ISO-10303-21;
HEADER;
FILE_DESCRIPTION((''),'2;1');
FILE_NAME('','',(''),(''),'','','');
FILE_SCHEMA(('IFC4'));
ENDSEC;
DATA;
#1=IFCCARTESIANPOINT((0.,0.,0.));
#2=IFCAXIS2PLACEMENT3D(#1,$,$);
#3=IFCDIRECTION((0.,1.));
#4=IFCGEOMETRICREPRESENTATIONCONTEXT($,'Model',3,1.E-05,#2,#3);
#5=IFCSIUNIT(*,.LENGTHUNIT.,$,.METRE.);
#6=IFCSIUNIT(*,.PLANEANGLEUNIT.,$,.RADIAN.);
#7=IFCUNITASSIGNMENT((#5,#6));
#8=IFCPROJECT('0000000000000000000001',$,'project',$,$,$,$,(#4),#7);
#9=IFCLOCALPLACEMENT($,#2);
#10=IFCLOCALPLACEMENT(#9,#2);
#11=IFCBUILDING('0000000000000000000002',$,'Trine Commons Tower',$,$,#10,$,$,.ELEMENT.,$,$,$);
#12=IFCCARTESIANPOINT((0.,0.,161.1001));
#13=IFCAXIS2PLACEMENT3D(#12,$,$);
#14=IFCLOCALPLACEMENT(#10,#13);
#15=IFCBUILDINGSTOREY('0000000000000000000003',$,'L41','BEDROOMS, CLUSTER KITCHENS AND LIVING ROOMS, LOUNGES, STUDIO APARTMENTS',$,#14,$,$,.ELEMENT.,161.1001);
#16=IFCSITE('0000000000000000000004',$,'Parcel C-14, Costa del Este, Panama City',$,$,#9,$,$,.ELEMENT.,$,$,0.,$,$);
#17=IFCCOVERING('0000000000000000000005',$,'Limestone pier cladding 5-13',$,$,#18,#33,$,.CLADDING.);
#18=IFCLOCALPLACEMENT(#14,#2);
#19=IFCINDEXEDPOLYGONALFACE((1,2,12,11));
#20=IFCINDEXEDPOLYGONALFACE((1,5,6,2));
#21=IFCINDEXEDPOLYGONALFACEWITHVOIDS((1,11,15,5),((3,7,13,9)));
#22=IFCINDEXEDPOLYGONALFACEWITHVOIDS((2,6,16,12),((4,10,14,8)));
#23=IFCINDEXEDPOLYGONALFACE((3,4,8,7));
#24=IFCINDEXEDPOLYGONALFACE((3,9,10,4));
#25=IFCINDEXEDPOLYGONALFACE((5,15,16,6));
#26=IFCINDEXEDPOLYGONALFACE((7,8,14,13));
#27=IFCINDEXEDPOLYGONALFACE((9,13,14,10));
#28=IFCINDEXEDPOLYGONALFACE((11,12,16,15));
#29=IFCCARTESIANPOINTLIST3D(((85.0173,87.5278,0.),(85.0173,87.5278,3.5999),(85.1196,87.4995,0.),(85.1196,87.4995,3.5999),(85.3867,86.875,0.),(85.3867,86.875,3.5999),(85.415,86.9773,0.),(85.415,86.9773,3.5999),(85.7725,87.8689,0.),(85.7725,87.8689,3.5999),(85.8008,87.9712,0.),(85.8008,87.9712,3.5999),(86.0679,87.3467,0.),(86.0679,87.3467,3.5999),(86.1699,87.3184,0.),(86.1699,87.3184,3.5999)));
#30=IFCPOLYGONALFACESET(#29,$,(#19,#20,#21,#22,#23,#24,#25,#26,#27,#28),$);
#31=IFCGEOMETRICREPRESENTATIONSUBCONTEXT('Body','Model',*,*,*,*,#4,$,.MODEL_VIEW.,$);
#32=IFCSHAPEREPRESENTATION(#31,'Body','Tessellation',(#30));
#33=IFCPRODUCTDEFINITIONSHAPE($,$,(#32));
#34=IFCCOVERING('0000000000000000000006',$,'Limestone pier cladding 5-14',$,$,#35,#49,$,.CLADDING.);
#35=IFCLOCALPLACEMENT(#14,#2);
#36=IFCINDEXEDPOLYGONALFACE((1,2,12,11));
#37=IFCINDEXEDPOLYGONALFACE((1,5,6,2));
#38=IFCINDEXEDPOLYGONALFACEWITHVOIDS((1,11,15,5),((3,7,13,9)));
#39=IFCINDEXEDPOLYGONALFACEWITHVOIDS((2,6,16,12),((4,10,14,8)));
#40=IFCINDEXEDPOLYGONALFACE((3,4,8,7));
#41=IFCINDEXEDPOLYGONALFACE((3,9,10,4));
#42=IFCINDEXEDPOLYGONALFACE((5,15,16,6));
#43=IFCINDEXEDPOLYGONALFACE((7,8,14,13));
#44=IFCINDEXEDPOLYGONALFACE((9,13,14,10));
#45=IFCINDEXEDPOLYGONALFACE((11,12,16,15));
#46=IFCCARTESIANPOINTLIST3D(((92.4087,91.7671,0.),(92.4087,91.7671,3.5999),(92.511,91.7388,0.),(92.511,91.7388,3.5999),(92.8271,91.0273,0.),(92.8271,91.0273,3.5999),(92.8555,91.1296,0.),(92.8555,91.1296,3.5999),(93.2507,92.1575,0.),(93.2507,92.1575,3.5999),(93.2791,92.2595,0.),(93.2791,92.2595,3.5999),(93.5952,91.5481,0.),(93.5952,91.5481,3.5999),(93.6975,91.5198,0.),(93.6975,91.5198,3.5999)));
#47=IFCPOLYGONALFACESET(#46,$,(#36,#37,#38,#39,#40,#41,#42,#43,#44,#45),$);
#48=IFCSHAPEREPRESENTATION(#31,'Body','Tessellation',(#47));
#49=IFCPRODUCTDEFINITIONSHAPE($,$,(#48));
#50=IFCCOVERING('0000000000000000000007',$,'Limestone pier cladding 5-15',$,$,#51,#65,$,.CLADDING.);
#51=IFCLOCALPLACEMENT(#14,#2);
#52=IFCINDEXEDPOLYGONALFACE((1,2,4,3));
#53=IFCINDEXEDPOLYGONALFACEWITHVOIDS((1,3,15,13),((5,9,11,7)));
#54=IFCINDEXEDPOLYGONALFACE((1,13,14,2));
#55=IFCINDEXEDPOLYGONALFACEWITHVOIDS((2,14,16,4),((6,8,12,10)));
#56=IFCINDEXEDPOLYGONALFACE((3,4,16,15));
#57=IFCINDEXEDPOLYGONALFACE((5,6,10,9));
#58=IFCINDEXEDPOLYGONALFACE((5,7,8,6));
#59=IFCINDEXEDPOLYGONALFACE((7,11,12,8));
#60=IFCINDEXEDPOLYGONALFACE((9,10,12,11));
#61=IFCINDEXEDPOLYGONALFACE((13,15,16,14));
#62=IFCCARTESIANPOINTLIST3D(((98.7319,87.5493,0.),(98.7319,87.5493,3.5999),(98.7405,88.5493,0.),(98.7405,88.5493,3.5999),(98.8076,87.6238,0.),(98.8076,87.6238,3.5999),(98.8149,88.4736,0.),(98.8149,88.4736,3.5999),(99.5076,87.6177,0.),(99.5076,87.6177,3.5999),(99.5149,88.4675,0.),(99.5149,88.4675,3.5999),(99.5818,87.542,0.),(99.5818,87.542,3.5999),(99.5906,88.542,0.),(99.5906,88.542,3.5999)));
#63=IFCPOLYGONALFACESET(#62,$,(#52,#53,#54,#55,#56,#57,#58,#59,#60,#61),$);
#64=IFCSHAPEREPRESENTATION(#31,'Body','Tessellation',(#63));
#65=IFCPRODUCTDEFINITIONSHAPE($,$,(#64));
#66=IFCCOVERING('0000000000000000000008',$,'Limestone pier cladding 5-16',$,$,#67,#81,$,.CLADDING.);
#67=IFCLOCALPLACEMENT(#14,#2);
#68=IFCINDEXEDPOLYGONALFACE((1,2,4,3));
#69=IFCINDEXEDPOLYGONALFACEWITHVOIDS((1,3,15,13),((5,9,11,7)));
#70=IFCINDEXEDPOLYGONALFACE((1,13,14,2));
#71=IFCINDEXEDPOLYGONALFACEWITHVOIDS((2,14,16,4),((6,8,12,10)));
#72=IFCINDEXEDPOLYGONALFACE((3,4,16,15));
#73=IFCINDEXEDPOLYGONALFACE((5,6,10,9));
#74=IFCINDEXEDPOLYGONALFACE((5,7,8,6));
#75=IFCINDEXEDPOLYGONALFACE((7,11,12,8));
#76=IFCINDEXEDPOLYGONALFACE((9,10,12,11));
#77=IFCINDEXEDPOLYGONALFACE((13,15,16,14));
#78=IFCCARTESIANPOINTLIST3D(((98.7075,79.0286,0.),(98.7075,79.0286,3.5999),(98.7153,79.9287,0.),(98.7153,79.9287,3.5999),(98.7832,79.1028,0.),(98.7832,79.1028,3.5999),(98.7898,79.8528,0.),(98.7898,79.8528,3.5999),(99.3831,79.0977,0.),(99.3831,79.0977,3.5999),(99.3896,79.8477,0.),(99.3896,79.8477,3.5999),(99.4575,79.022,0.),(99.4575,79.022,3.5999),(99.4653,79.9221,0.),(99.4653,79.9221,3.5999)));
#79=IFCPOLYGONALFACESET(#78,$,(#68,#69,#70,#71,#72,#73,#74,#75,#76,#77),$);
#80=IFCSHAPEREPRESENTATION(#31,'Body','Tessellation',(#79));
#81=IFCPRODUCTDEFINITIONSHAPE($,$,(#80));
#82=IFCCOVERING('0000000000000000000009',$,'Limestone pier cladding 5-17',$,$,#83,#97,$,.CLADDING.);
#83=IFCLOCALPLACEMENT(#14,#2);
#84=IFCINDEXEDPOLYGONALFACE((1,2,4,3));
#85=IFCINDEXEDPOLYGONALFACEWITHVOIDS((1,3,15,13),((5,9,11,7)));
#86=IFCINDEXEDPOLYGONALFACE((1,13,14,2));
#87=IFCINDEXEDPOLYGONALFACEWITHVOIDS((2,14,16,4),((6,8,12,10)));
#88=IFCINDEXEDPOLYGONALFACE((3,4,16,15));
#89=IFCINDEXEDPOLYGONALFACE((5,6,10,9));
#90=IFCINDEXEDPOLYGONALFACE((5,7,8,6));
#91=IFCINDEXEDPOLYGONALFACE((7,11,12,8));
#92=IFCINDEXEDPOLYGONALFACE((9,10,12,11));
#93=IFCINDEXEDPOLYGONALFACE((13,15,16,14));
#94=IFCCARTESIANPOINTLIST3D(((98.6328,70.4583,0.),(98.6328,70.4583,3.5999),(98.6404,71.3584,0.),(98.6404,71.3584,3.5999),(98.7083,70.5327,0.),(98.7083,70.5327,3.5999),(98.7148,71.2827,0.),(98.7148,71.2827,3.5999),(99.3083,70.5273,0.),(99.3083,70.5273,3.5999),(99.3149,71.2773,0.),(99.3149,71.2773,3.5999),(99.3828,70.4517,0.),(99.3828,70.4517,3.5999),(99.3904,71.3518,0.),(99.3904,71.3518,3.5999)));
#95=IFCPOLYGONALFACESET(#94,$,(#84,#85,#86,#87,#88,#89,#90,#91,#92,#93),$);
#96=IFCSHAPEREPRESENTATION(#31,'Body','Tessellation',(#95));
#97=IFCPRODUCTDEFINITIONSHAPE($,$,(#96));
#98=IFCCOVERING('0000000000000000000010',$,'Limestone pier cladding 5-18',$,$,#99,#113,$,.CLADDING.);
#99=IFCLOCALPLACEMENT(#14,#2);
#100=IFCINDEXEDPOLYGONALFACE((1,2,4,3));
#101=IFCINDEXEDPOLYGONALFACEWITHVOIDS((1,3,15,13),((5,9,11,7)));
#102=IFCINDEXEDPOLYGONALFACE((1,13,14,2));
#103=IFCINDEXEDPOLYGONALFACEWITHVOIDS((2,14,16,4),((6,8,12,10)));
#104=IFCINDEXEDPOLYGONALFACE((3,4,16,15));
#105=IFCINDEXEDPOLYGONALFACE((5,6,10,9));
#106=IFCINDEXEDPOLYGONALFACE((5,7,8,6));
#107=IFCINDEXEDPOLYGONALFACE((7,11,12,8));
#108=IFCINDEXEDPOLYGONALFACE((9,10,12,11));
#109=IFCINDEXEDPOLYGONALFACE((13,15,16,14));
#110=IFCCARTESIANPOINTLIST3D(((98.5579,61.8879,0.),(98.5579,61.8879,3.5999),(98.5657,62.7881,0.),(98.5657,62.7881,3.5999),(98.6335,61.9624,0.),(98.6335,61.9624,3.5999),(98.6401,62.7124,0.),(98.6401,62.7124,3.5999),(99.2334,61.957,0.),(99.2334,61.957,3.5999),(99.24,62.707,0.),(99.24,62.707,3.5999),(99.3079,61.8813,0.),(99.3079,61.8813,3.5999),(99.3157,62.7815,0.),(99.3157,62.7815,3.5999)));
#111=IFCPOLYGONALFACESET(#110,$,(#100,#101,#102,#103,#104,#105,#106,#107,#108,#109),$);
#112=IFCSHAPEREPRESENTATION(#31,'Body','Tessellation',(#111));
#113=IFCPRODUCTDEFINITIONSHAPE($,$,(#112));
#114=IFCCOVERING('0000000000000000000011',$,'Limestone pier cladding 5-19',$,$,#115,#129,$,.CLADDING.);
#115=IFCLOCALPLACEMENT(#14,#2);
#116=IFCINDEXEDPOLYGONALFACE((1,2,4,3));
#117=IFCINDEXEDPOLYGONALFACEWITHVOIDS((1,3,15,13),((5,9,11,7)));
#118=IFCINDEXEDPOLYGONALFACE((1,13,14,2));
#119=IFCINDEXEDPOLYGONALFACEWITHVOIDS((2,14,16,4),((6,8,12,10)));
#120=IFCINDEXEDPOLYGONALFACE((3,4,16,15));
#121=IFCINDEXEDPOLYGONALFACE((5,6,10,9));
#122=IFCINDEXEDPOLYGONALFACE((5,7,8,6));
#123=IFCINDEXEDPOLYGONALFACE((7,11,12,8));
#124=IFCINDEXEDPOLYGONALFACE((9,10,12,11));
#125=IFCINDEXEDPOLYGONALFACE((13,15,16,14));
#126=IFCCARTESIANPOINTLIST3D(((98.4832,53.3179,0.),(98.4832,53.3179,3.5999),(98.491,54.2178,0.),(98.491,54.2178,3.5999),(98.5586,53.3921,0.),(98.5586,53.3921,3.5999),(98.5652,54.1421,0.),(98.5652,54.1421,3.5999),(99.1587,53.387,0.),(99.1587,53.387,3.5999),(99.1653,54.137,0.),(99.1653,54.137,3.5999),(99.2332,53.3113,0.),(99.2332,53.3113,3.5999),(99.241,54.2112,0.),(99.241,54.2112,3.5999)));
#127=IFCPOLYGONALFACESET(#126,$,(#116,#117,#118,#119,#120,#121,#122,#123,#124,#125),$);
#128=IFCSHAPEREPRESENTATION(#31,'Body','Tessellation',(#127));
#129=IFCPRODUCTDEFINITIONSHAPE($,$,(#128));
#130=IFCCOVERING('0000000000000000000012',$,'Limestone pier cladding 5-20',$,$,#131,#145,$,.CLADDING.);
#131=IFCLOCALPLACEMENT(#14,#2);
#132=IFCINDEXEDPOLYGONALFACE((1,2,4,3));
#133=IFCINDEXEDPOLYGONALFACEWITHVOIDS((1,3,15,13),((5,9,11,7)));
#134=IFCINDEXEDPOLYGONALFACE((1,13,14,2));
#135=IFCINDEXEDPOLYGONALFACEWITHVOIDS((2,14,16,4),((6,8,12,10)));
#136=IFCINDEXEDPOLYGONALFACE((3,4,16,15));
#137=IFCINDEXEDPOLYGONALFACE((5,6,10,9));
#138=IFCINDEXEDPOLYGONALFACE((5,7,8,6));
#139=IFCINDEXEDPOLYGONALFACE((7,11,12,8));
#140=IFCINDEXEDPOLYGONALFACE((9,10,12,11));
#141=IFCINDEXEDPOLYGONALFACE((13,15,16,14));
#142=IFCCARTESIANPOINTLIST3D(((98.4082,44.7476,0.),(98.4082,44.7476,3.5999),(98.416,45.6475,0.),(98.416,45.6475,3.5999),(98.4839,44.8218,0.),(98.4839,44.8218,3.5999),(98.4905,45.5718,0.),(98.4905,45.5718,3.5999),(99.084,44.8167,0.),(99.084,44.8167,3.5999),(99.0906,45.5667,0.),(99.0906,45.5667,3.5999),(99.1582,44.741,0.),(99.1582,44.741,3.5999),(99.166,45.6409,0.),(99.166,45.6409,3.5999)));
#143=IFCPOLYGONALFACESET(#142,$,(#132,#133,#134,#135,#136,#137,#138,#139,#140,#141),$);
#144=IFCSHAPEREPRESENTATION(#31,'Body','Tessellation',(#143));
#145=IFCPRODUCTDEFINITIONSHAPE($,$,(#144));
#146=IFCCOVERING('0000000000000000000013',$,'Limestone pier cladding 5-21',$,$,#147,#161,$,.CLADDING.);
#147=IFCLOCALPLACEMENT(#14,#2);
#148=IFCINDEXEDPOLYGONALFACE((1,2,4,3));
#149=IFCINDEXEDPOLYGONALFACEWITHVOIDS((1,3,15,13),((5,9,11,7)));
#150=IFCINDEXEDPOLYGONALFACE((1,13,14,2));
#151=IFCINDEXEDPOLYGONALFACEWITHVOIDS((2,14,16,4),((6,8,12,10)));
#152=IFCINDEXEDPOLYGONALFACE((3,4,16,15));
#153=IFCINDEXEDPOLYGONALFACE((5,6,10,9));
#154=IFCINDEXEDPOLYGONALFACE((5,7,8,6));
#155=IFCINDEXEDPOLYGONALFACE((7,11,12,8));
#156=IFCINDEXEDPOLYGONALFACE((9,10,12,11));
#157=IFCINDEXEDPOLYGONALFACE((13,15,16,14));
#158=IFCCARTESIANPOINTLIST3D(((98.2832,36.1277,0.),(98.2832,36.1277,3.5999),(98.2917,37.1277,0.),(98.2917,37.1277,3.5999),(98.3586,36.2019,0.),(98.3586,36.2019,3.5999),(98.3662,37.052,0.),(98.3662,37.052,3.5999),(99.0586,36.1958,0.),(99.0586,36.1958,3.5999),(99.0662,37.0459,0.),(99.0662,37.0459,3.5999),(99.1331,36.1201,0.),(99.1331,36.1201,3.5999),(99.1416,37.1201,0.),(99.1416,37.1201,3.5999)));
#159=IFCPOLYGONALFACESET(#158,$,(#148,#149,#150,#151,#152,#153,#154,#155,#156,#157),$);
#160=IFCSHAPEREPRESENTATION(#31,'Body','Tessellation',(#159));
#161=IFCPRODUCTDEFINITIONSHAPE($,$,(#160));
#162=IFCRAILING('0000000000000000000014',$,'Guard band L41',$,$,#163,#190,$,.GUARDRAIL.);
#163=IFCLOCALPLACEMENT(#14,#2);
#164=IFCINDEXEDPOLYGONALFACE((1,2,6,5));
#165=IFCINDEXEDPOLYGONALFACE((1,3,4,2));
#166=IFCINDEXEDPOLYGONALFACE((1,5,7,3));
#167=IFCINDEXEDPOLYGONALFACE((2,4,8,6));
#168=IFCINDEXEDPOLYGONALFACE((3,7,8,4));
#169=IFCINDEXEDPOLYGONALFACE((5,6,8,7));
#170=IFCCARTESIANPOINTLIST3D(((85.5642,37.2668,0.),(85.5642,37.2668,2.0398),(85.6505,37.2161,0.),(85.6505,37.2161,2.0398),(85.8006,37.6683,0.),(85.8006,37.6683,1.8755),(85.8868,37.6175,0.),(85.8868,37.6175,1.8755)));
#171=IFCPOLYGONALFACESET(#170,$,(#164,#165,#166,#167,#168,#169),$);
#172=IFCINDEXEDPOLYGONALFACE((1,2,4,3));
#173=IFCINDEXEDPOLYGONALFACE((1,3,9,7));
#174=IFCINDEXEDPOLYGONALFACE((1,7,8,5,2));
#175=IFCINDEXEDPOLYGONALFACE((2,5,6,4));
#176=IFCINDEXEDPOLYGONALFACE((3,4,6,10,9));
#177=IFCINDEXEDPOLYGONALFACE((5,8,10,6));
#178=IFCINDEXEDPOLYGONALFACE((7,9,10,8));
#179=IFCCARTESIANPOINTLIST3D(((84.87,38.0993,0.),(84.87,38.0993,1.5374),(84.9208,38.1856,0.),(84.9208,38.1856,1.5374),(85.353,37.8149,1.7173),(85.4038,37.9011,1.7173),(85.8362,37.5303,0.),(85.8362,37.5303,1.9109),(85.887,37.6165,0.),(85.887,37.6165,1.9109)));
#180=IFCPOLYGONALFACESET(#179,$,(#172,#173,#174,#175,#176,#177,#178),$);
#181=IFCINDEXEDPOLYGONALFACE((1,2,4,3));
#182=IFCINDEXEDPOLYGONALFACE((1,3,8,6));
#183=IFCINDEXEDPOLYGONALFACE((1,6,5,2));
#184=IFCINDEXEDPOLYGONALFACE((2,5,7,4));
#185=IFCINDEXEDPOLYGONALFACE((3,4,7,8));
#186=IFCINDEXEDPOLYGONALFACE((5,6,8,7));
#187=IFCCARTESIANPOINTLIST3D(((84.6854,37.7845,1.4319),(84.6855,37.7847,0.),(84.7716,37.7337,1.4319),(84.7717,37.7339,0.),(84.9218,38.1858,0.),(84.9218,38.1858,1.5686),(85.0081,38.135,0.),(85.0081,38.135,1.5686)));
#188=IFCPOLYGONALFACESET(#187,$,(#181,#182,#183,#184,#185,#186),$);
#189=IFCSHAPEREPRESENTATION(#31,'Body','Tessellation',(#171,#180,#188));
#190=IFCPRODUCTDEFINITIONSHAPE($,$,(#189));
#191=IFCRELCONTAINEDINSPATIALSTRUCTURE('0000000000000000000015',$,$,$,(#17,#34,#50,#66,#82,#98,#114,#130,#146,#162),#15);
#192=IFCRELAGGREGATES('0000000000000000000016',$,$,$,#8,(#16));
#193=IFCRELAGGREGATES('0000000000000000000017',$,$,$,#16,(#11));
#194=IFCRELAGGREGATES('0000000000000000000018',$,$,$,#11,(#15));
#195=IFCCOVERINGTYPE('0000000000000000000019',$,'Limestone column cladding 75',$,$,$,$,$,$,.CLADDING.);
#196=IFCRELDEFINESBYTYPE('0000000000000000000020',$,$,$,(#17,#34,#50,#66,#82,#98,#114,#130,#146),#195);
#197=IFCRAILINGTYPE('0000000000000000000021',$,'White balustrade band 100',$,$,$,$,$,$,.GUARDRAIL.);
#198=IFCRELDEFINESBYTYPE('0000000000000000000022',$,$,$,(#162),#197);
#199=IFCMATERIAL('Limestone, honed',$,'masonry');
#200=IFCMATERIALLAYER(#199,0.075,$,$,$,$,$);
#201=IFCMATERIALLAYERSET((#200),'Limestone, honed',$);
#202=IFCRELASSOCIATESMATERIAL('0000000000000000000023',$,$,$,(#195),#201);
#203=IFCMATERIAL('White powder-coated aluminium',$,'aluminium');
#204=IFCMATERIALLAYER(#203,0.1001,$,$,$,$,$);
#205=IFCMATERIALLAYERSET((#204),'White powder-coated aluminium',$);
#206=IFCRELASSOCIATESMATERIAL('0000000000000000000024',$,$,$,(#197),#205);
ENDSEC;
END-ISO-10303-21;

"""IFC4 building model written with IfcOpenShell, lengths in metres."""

from ifc_helpers import new_model, si_unit, direction, frame, origin, place, context, subcontext, project, spatial, polyline, outline, extrude, material, layer, layer_set, type_object, element, save


model = new_model("IFC4")

# Units and contexts
model_context = context("Model", 3, precision=1e-05, world=origin(), true_north=direction((0.0, 1.0)))
body_context = subcontext(model_context, "Body", "Model", "MODEL_VIEW")
ifc_project = project(units=[si_unit("LENGTHUNIT", "METRE"), si_unit("PLANEANGLEUNIT", "RADIAN")], contexts=[model_context])

# Site, building, storey
site_placement = place(None, origin())
site = spatial("IfcSite", under=ifc_project, at=site_placement, Name="Parcel C-14, Costa del Este, Panama City", CompositionType="ELEMENT", RefElevation=0.0)
building_placement = place(site_placement, origin())
building = spatial("IfcBuilding", under=site, at=building_placement, Name="Trine Commons Tower", CompositionType="ELEMENT")
storey_placement = place(building_placement, frame((0.0, 0.0, 161.1001)))
storey = spatial("IfcBuildingStorey", under=building, at=storey_placement, Name="L41", Description="BEDROOMS, CLUSTER KITCHENS AND LIVING ROOMS, LOUNGES, STUDIO APARTMENTS", CompositionType="ELEMENT", Elevation=161.1001)

# Coverings
ifc_material_1 = material(Name="Limestone, honed", Category="masonry")
ifc_layer_1 = layer(ifc_material_1, 0.075)
ifc_layer_set_1 = layer_set([ifc_layer_1], Name="Limestone, honed")
covering_type = type_object("IfcCoveringType", Name="Limestone column cladding 75", PredefinedType="CLADDING", material=ifc_layer_set_1)
covering_1_placement = place(storey_placement, origin())
element("IfcCovering", 1, at=covering_1_placement, inside=storey, type_object=covering_type, Name="Limestone pier cladding 5-13", PredefinedType="CLADDING", context=body_context, shape_type="SweptSolid", body=[
    extrude(outline(polyline([(86.1699, 87.3184), (85.8008, 87.9712), (85.0173, 87.5278), (85.3867, 86.875), (86.1699, 87.3184)]), holes=[polyline([(86.0679, 87.3467), (85.7725, 87.8689), (85.1196, 87.4995), (85.415, 86.9773), (86.0679, 87.3467)])]), origin(), (0.0, 0.0, 1.0), 3.5999),
])
covering_2_placement = place(storey_placement, origin())
element("IfcCovering", 2, at=covering_2_placement, inside=storey, type_object=covering_type, Name="Limestone pier cladding 5-14", PredefinedType="CLADDING", context=body_context, shape_type="SweptSolid", body=[
    extrude(outline(polyline([(93.6975, 91.5198), (93.2791, 92.2595), (92.4087, 91.7671), (92.8271, 91.0273), (93.6975, 91.5198)]), holes=[polyline([(93.5952, 91.5481), (93.2507, 92.1575), (92.511, 91.7388), (92.8555, 91.1296), (93.5952, 91.5481)])]), origin(), (0.0, 0.0, 1.0), 3.5999),
])
covering_3_placement = place(storey_placement, origin())
element("IfcCovering", 3, at=covering_3_placement, inside=storey, type_object=covering_type, Name="Limestone pier cladding 5-15", PredefinedType="CLADDING", context=body_context, shape_type="SweptSolid", body=[
    extrude(outline(polyline([(99.5906, 88.542), (98.7405, 88.5493), (98.7319, 87.5493), (99.5818, 87.542), (99.5906, 88.542)]), holes=[polyline([(99.5149, 88.4675), (98.8149, 88.4736), (98.8076, 87.6238), (99.5076, 87.6177), (99.5149, 88.4675)])]), origin(), (0.0, 0.0, 1.0), 3.5999),
])
covering_4_placement = place(storey_placement, origin())
element("IfcCovering", 4, at=covering_4_placement, inside=storey, type_object=covering_type, Name="Limestone pier cladding 5-16", PredefinedType="CLADDING", context=body_context, shape_type="SweptSolid", body=[
    extrude(outline(polyline([(99.4653, 79.9221), (98.7153, 79.9287), (98.7075, 79.0286), (99.4575, 79.022), (99.4653, 79.9221)]), holes=[polyline([(99.3896, 79.8477), (98.7898, 79.8528), (98.7832, 79.1028), (99.3831, 79.0977), (99.3896, 79.8477)])]), origin(), (0.0, 0.0, 1.0), 3.5999),
])
covering_5_placement = place(storey_placement, origin())
element("IfcCovering", 5, at=covering_5_placement, inside=storey, type_object=covering_type, Name="Limestone pier cladding 5-17", PredefinedType="CLADDING", context=body_context, shape_type="SweptSolid", body=[
    extrude(outline(polyline([(99.3904, 71.3518), (98.6404, 71.3584), (98.6328, 70.4583), (99.3828, 70.4517), (99.3904, 71.3518)]), holes=[polyline([(99.3149, 71.2773), (98.7148, 71.2827), (98.7083, 70.5327), (99.3083, 70.5273), (99.3149, 71.2773)])]), origin(), (0.0, 0.0, 1.0), 3.5999),
])
covering_6_placement = place(storey_placement, origin())
element("IfcCovering", 6, at=covering_6_placement, inside=storey, type_object=covering_type, Name="Limestone pier cladding 5-18", PredefinedType="CLADDING", context=body_context, shape_type="SweptSolid", body=[
    extrude(outline(polyline([(99.3157, 62.7815), (98.5657, 62.7881), (98.5579, 61.8879), (99.3079, 61.8813), (99.3157, 62.7815)]), holes=[polyline([(99.24, 62.707), (98.6401, 62.7124), (98.6335, 61.9624), (99.2334, 61.957), (99.24, 62.707)])]), origin(), (0.0, 0.0, 1.0), 3.5999),
])
covering_7_placement = place(storey_placement, origin())
element("IfcCovering", 7, at=covering_7_placement, inside=storey, type_object=covering_type, Name="Limestone pier cladding 5-19", PredefinedType="CLADDING", context=body_context, shape_type="SweptSolid", body=[
    extrude(outline(polyline([(99.241, 54.2112), (98.491, 54.2178), (98.4832, 53.3179), (99.2332, 53.3113), (99.241, 54.2112)]), holes=[polyline([(99.1653, 54.137), (98.5652, 54.1421), (98.5586, 53.3921), (99.1587, 53.387), (99.1653, 54.137)])]), origin(), (0.0, 0.0, 1.0), 3.5999),
])
covering_8_placement = place(storey_placement, origin())
element("IfcCovering", 8, at=covering_8_placement, inside=storey, type_object=covering_type, Name="Limestone pier cladding 5-20", PredefinedType="CLADDING", context=body_context, shape_type="SweptSolid", body=[
    extrude(outline(polyline([(99.166, 45.6409), (98.416, 45.6475), (98.4082, 44.7476), (99.1582, 44.741), (99.166, 45.6409)]), holes=[polyline([(99.0906, 45.5667), (98.4905, 45.5718), (98.4839, 44.8218), (99.084, 44.8167), (99.0906, 45.5667)])]), origin(), (0.0, 0.0, 1.0), 3.5999),
])
covering_9_placement = place(storey_placement, origin())
element("IfcCovering", 9, at=covering_9_placement, inside=storey, type_object=covering_type, Name="Limestone pier cladding 5-21", PredefinedType="CLADDING", context=body_context, shape_type="SweptSolid", body=[
    extrude(outline(polyline([(99.1416, 37.1201), (98.2917, 37.1277), (98.2832, 36.1277), (99.1331, 36.1201), (99.1416, 37.1201)]), holes=[polyline([(99.0662, 37.0459), (98.3662, 37.052), (98.3586, 36.2019), (99.0586, 36.1958), (99.0662, 37.0459)])]), origin(), (0.0, 0.0, 1.0), 3.5999),
])

# Railing
ifc_material_2 = material(Name="White powder-coated aluminium", Category="aluminium")
ifc_layer_2 = layer(ifc_material_2, 0.1001)
ifc_layer_set_2 = layer_set([ifc_layer_2], Name="White powder-coated aluminium")
railing_type = type_object("IfcRailingType", Name="White balustrade band 100", PredefinedType="GUARDRAIL", material=ifc_layer_set_2)
railing_1_placement = place(storey_placement, origin())
element("IfcRailing", 10, at=railing_1_placement, inside=storey, type_object=railing_type, Name="Guard band L41", PredefinedType="GUARDRAIL", context=body_context, shape_type="SweptSolid", body=[
    extrude(outline(polyline([(0.0, 0.0), (0.4658, 0.0), (0.4658, 1.8755), (0.4658, 1.8755), (0.0, 2.0398), (0.0, 0.0)])), frame((85.5642, 37.2668, 0.0), z_axis=(0.861719, -0.507387, 0.0), x_axis=(0.507387, 0.861719, 0.0)), (0.0, 0.0, 1.0), 0.1001),
    extrude(outline(polyline([(0.0, 0.0), (1.1213, 0.0), (1.1213, 1.5374), (0.5608, 1.7173), (0.0, 1.9109), (0.0, 0.0)])), frame((85.8362, 37.5303, 0.0), z_axis=(0.507467, 0.861671, 0.0), x_axis=(-0.861671, 0.507467, 0.0)), (0.0, 0.0, 1.0), 0.1001),
    extrude(outline(polyline([(0.0, 0.0), (0.4656, 0.0), (0.4658, 1.4319), (0.0, 1.5686), (0.0, 0.0)])), frame((85.0081, 38.135, 0.0), z_axis=(-0.861584, 0.507616, 0.0), x_axis=(-0.507616, -0.861584, 0.0)), (0.0, 0.0, 1.0), 0.1001),
])

save(model, "model.ifc")
